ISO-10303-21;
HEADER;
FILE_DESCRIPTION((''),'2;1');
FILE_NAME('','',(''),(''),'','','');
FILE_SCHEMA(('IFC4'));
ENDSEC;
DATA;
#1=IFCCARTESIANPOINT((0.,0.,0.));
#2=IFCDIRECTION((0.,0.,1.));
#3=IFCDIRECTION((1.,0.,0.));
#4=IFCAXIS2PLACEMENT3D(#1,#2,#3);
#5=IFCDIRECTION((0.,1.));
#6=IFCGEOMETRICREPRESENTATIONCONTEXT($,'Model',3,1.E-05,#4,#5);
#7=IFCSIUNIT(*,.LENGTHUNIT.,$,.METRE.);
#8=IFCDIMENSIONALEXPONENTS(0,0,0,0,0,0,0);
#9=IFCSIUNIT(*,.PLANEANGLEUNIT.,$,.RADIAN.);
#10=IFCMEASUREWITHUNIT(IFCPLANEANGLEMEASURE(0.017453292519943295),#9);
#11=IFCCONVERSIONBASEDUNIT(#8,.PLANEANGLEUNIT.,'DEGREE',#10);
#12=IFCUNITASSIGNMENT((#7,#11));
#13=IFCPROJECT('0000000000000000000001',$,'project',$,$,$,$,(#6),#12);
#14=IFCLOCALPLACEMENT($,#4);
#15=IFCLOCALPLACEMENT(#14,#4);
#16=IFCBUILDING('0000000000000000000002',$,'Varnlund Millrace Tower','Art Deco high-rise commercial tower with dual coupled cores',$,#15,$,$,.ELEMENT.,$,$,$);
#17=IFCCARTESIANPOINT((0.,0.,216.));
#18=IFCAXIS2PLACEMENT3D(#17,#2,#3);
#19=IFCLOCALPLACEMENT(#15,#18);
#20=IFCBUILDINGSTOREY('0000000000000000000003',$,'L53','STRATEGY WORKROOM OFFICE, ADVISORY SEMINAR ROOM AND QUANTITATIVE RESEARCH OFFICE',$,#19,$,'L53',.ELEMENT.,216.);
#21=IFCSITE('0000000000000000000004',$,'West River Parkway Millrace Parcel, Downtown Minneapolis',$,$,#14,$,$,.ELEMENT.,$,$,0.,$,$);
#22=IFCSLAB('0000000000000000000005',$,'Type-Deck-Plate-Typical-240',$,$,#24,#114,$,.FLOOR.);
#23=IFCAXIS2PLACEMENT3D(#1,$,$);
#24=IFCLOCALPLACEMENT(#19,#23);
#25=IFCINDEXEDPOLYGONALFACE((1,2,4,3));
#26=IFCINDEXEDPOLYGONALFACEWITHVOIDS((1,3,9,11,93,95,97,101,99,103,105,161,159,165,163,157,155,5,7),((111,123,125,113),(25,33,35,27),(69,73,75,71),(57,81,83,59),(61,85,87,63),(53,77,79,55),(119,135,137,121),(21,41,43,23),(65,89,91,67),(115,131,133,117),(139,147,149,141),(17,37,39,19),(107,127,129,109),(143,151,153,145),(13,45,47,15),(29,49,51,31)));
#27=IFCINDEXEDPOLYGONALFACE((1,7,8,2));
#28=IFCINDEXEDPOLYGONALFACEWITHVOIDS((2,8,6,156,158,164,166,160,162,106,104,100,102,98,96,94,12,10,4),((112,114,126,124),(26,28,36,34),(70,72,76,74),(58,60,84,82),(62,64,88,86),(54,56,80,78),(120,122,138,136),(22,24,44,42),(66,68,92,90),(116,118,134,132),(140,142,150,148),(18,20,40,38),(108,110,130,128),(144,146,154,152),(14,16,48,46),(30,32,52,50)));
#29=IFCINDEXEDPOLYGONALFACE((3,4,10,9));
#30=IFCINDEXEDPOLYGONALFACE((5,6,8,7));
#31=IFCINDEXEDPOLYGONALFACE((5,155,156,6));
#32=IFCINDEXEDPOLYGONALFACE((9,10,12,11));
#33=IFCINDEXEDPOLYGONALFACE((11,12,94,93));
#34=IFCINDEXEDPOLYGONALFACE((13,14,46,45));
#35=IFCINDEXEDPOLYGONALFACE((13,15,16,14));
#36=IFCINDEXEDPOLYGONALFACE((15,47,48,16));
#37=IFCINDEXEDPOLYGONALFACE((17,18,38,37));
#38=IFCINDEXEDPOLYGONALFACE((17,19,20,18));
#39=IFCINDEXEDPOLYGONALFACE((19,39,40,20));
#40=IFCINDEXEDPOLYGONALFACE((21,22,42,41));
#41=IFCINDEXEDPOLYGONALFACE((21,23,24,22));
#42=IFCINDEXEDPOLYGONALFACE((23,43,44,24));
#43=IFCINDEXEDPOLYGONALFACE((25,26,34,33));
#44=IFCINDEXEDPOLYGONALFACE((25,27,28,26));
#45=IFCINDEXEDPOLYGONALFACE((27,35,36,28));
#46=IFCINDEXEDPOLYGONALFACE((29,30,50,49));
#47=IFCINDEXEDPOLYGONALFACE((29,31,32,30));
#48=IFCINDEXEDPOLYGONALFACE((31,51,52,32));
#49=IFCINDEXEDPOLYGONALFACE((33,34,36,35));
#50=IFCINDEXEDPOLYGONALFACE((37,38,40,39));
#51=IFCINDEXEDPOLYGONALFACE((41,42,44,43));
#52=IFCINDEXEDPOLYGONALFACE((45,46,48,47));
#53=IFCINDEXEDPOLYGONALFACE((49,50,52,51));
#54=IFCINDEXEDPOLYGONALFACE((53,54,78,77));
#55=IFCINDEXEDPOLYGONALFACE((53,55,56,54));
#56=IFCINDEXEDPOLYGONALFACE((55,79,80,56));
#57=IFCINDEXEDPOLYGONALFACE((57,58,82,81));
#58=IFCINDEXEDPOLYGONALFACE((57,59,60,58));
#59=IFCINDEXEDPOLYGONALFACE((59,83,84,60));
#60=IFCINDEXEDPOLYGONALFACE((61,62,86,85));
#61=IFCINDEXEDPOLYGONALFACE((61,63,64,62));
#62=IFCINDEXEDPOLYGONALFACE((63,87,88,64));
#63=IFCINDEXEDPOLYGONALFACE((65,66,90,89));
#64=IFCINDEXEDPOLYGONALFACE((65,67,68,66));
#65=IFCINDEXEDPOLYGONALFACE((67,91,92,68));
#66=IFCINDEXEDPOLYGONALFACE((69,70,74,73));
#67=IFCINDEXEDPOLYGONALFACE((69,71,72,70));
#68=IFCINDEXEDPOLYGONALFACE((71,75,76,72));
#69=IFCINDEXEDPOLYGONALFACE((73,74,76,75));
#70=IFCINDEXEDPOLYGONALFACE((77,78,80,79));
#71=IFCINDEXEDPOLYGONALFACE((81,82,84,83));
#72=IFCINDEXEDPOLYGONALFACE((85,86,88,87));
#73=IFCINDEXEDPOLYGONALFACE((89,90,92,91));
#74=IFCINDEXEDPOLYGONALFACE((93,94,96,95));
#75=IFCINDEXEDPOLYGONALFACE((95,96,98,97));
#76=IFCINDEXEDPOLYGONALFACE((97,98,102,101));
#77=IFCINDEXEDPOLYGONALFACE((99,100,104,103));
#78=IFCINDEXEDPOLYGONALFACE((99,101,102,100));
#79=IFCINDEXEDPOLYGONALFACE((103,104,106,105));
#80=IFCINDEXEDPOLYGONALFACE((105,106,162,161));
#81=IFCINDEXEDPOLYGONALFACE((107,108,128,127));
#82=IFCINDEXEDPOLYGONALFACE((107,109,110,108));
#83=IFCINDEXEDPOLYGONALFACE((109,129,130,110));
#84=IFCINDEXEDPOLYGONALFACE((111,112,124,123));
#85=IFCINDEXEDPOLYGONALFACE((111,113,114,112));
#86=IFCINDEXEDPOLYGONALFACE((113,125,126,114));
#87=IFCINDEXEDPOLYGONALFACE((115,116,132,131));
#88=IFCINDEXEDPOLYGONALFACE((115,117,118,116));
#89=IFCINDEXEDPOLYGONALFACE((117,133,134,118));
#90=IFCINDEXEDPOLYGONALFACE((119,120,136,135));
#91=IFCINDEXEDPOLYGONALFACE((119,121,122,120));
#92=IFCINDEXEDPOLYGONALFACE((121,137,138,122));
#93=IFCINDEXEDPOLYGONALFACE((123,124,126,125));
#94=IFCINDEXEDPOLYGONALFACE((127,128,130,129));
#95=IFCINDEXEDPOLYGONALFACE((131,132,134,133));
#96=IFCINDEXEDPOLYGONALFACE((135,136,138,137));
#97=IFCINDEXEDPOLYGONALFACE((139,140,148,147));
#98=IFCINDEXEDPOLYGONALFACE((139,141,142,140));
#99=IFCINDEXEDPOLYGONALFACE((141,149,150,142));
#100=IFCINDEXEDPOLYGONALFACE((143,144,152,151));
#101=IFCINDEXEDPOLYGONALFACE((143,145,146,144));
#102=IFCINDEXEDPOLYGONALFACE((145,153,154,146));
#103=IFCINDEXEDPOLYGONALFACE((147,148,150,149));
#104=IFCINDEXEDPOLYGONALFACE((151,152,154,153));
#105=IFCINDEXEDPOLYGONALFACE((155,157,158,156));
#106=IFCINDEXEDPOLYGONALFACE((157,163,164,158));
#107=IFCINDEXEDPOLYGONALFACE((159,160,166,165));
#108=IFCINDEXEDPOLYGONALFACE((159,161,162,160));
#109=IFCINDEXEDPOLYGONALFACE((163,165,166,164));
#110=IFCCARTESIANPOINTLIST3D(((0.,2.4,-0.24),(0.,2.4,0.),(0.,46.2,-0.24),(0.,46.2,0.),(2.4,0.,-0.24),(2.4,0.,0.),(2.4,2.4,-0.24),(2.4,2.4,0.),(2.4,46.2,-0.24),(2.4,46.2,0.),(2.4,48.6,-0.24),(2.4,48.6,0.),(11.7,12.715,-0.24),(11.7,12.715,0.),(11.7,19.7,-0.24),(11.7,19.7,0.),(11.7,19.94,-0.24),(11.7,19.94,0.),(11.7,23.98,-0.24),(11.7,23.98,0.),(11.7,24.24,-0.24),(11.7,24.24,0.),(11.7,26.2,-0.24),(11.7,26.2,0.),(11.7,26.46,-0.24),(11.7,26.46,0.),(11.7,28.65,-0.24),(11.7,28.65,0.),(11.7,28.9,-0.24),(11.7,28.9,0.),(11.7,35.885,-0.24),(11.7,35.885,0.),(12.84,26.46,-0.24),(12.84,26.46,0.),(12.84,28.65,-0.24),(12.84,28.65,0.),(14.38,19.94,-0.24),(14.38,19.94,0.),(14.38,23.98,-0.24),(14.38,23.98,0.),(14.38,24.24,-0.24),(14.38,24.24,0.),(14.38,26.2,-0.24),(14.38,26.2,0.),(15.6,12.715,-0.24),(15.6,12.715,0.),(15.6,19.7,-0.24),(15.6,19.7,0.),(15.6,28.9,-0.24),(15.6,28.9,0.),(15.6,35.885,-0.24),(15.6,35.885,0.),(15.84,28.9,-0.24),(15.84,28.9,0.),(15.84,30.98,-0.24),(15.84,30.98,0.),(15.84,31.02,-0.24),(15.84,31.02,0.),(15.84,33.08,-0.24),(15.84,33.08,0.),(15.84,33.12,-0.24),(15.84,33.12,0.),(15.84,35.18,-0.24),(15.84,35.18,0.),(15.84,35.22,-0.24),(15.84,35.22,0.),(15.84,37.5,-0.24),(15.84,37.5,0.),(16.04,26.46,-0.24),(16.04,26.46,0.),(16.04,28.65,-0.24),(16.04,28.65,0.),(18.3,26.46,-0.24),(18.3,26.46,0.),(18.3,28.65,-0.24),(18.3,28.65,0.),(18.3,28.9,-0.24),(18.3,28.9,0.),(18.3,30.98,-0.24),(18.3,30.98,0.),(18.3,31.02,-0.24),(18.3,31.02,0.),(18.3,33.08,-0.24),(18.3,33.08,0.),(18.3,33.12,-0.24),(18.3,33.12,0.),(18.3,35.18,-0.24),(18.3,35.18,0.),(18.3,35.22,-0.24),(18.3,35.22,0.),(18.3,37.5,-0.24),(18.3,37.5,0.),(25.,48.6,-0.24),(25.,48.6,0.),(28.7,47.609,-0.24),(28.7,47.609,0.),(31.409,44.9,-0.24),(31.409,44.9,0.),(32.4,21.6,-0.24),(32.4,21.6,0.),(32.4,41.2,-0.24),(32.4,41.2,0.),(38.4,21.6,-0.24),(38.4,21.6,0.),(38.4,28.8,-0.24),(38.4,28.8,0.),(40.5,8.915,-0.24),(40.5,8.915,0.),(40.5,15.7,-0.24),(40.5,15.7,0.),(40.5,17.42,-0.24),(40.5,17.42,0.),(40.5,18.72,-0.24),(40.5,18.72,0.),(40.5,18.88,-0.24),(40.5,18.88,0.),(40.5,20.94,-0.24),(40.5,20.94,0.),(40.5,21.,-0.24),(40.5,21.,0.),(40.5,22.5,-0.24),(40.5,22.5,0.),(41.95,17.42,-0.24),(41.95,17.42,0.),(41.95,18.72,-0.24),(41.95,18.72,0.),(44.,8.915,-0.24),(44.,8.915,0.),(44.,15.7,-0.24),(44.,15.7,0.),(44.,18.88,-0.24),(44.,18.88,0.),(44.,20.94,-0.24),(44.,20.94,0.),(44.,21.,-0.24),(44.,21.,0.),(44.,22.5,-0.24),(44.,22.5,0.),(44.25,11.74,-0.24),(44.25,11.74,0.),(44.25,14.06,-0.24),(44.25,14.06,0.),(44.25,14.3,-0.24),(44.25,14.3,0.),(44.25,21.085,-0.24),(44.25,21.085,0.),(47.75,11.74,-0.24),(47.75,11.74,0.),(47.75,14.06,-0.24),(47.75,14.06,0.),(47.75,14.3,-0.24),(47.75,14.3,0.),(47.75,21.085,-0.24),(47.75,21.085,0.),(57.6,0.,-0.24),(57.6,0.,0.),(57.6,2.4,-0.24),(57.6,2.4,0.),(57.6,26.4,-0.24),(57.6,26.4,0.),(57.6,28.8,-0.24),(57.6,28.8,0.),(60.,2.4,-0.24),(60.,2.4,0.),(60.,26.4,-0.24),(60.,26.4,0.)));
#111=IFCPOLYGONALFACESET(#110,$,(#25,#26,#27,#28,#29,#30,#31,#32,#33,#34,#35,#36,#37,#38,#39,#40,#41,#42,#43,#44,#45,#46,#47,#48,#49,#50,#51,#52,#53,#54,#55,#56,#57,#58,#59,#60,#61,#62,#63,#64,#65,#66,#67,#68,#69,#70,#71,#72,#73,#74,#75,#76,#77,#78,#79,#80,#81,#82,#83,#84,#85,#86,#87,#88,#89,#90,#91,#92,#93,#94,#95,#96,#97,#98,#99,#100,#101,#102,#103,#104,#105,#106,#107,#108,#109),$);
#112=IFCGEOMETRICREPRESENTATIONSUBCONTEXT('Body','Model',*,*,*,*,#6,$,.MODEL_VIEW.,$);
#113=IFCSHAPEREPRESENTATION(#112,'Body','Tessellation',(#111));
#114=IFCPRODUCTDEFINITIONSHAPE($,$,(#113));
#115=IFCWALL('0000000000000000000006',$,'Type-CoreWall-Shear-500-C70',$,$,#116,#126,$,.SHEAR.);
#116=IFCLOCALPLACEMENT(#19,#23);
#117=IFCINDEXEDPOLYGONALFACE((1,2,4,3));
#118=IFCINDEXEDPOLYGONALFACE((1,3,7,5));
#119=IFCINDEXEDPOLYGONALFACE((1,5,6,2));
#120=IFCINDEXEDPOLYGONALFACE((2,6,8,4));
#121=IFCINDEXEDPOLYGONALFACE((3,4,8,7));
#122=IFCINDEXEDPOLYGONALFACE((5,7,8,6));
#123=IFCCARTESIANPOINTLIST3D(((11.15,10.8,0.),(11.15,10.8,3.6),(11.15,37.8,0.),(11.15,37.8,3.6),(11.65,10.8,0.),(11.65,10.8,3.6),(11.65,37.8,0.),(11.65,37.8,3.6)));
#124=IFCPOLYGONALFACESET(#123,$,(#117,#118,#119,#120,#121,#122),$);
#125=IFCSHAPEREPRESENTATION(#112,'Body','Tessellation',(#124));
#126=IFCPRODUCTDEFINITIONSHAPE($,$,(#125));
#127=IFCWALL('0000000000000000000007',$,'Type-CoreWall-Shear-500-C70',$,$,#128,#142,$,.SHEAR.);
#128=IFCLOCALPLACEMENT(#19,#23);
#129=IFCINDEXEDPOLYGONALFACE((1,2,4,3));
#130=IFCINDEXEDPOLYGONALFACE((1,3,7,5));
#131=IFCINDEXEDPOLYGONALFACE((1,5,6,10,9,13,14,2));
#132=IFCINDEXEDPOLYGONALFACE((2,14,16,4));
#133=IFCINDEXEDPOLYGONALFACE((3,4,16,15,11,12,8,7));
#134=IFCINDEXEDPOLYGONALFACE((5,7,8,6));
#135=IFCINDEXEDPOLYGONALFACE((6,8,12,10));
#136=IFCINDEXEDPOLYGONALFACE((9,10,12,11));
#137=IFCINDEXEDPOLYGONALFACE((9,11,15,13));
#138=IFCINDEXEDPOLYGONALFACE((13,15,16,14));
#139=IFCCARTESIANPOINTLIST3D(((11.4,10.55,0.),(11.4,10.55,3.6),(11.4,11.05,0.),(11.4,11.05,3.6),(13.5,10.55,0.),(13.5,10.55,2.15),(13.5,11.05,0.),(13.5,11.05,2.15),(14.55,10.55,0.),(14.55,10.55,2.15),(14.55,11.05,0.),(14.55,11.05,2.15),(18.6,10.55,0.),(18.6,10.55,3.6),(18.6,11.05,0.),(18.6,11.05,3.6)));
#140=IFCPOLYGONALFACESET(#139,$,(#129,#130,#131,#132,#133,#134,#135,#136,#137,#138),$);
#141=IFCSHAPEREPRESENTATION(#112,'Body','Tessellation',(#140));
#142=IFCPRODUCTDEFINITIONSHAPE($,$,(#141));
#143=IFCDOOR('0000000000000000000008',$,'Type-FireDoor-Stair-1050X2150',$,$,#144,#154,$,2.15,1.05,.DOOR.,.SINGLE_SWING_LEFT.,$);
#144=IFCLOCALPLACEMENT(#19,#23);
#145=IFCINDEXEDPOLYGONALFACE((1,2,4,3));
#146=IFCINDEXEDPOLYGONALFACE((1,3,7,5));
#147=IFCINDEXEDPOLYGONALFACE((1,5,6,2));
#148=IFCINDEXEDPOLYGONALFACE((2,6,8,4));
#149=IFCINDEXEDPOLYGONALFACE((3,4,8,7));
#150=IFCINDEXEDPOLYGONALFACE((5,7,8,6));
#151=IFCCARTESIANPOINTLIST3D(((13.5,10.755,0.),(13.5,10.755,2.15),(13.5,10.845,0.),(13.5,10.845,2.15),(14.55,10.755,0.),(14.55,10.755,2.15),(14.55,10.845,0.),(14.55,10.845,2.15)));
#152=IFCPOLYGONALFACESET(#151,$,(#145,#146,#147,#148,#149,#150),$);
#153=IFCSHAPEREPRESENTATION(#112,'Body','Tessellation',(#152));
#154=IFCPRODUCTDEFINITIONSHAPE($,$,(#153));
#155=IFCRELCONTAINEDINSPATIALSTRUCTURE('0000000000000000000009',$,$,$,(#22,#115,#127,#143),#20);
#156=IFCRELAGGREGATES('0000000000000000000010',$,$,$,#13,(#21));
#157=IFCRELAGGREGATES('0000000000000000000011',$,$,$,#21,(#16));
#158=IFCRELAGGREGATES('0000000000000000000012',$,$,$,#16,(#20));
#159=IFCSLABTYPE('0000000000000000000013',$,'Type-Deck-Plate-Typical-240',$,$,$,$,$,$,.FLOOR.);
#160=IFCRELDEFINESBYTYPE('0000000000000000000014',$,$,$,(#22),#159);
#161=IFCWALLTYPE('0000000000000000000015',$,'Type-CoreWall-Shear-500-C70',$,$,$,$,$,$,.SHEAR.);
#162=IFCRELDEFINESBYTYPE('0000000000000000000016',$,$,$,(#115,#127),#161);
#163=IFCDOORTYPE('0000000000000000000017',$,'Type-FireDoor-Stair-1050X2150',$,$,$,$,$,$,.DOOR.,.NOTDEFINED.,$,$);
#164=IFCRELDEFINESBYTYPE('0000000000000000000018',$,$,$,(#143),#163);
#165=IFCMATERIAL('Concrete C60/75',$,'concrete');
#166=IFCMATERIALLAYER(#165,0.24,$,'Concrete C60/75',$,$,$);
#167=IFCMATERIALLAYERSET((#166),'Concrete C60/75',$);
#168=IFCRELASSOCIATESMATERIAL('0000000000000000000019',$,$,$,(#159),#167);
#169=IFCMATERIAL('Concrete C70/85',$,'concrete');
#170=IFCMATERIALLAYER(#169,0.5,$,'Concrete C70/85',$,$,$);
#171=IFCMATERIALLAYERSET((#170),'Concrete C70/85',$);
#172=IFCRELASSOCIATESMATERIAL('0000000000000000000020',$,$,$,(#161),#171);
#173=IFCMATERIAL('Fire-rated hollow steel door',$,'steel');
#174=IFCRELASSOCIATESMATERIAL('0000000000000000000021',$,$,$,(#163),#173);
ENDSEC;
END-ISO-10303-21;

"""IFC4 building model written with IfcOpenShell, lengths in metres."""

from ifc_helpers import new_model, entity, si_unit, converted_unit, direction, frame, origin_with_axes, origin_2d_with_axis, place, context, subcontext, project, spatial, polyline, rectangle, outline, extrude, material, layer, layer_set, type_object, element, fill, save


model = new_model("IFC4")

# Units and contexts
model_context = context("Model", 3, precision=1e-05, world=origin_with_axes(), true_north=direction((0.0, 1.0)))
body_context = subcontext(model_context, "Body", "Model", "MODEL_VIEW")
ifc_project = project(units=[si_unit("LENGTHUNIT", "METRE"), converted_unit("PLANEANGLEUNIT", "DEGREE", entity("IfcPlaneAngleMeasure", 0.017453292519943295), si_unit("PLANEANGLEUNIT", "RADIAN"), dimensions=[0, 0, 0, 0, 0, 0, 0])], contexts=[model_context])

# Site, building, storey
site_placement = place(None, origin_with_axes())
site = spatial("IfcSite", under=ifc_project, at=site_placement, Name="West River Parkway Millrace Parcel, Downtown Minneapolis", CompositionType="ELEMENT", RefElevation=0.0)
building_placement = place(site_placement, origin_with_axes())
building = spatial("IfcBuilding", under=site, at=building_placement, Name="Varnlund Millrace Tower", Description="Art Deco high-rise commercial tower with dual coupled cores", CompositionType="ELEMENT")
storey_placement = place(building_placement, frame((0.0, 0.0, 216.0), z_axis=(0.0, 0.0, 1.0), x_axis=(1.0, 0.0, 0.0)))
storey = spatial("IfcBuildingStorey", under=building, at=storey_placement, Name="L53", Description="STRATEGY WORKROOM OFFICE, ADVISORY SEMINAR ROOM AND QUANTITATIVE RESEARCH OFFICE", LongName="L53", CompositionType="ELEMENT", Elevation=216.0)

# Slab
ifc_material_1 = material(Name="Concrete C60/75", Category="concrete")
ifc_layer_1 = layer(ifc_material_1, 0.24, Name="Concrete C60/75")
ifc_layer_set_1 = layer_set([ifc_layer_1], Name="Concrete C60/75")
slab_type = type_object("IfcSlabType", Name="Type-Deck-Plate-Typical-240", PredefinedType="FLOOR", material=ifc_layer_set_1)
slab_placement = place(storey_placement, frame((0.0, 0.0, -0.24), z_axis=(0.0, 0.0, 1.0), x_axis=(1.0, 0.0, 0.0)))
element("IfcSlab", 1, at=slab_placement, inside=storey, type_object=slab_type, Name="Type-Deck-Plate-Typical-240", PredefinedType="FLOOR", context=body_context, shape_type="SweptSolid", body=[
    extrude(outline(polyline([(32.4, 21.6), (32.4, 41.2), (31.409, 44.9), (28.7, 47.609), (25.0, 48.6), (2.4, 48.6), (2.4, 46.2), (0.0, 46.2), (0.0, 2.4), (2.4, 2.4), (2.4, 0.0), (57.6, 0.0), (57.6, 2.4), (60.0, 2.4), (60.0, 26.4), (57.6, 26.4), (57.6, 28.8), (38.4, 28.8), (38.4, 21.6), (32.4, 21.6)]), holes=[polyline([(15.6, 12.715), (11.7, 12.715), (11.7, 19.7), (15.6, 19.7), (15.6, 12.715)]), polyline([(14.38, 23.98), (14.38, 19.94), (11.7, 19.94), (11.7, 23.98), (14.38, 23.98)]), polyline([(14.38, 24.24), (11.7, 24.24), (11.7, 26.2), (14.38, 26.2), (14.38, 24.24)]), polyline([(12.84, 26.46), (11.7, 26.46), (11.7, 28.65), (12.84, 28.65), (12.84, 26.46)]), polyline([(18.3, 28.9), (15.84, 28.9), (15.84, 30.98), (18.3, 30.98), (18.3, 28.9)]), polyline([(18.3, 31.02), (15.84, 31.02), (15.84, 33.08), (18.3, 33.08), (18.3, 31.02)]), polyline([(15.6, 28.9), (11.7, 28.9), (11.7, 35.885), (15.6, 35.885), (15.6, 28.9)]), polyline([(18.3, 33.12), (15.84, 33.12), (15.84, 35.18), (18.3, 35.18), (18.3, 33.12)]), polyline([(44.0, 8.915), (40.5, 8.915), (40.5, 15.7), (44.0, 15.7), (44.0, 8.915)]), polyline([(47.75, 11.74), (44.25, 11.74), (44.25, 14.06), (47.75, 14.06), (47.75, 11.74)]), polyline([(47.75, 14.3), (44.25, 14.3), (44.25, 21.085), (47.75, 21.085), (47.75, 14.3)]), polyline([(41.95, 17.42), (40.5, 17.42), (40.5, 18.72), (41.95, 18.72), (41.95, 17.42)]), polyline([(44.0, 18.88), (40.5, 18.88), (40.5, 20.94), (44.0, 20.94), (44.0, 18.88)]), polyline([(44.0, 21.0), (40.5, 21.0), (40.5, 22.5), (44.0, 22.5), (44.0, 21.0)]), polyline([(16.04, 26.46), (16.04, 28.65), (18.3, 28.65), (18.3, 26.46), (16.04, 26.46)]), polyline([(15.84, 35.22), (15.84, 37.5), (18.3, 37.5), (18.3, 35.22), (15.84, 35.22)])]), origin_with_axes(), (0.0, 0.0, 1.0), 0.24),
])

# Wall
ifc_material_2 = material(Name="Concrete C70/85", Category="concrete")
ifc_layer_2 = layer(ifc_material_2, 0.5, Name="Concrete C70/85")
ifc_layer_set_2 = layer_set([ifc_layer_2], Name="Concrete C70/85")
wall_type_1 = type_object("IfcWallType", Name="Type-CoreWall-Shear-500-C70", PredefinedType="SHEAR", material=ifc_layer_set_2)
wall_1_placement = place(storey_placement, frame((11.4, 10.8, 0.0), z_axis=(0.0, 0.0, 1.0), x_axis=(0.0, 1.0, 0.0)))
element("IfcWall", 2, at=wall_1_placement, inside=storey, type_object=wall_type_1, Name="Type-CoreWall-Shear-500-C70", PredefinedType="SHEAR", context=body_context, shape_type="SweptSolid", body=[
    extrude(outline(polyline([(0.0, -0.25), (27.0, -0.25), (27.0, 0.25), (0.0, 0.25), (0.0, -0.25)])), origin_with_axes(), (0.0, 0.0, 1.0), 3.6),
])

# Wall, opening, door
wall_2_placement = place(storey_placement, frame((11.4, 10.8, 0.0), z_axis=(0.0, 0.0, 1.0), x_axis=(1.0, 0.0, 0.0)))
wall_2 = element("IfcWall", 3, at=wall_2_placement, inside=storey, type_object=wall_type_1, Name="Type-CoreWall-Shear-500-C70", PredefinedType="SHEAR", context=body_context, shape_type="SweptSolid", body=[
    extrude(outline(polyline([(0.0, -0.25), (7.2, -0.25), (7.2, 0.25), (0.0, 0.25), (0.0, -0.25)])), origin_with_axes(), (0.0, 0.0, 1.0), 3.6),
])
opening_1_placement = place(wall_2_placement, frame((2.625, 0.0, 0.0), z_axis=(0.0, 0.0, 1.0), x_axis=(1.0, 0.0, 0.0)))
opening_1 = element("IfcOpeningElement", 4, at=opening_1_placement, cuts=wall_2, PredefinedType="OPENING", context=body_context, shape_type="SweptSolid", body=[
    extrude(rectangle(XDim=1.05, YDim=0.52, at=origin_2d_with_axis()), origin_with_axes(), (0.0, 0.0, 1.0), 2.15),
])
ifc_material_3 = material(Name="Fire-rated hollow steel door", Category="steel")
door_type_1 = type_object("IfcDoorType", Name="Type-FireDoor-Stair-1050X2150", OperationType="NOTDEFINED", PredefinedType="DOOR", material=ifc_material_3)
door_1_placement = place(wall_2_placement, frame((2.625, 0.0, 0.0), z_axis=(0.0, 0.0, 1.0), x_axis=(1.0, 0.0, 0.0)))
door_1 = element("IfcDoor", 5, at=door_1_placement, inside=storey, type_object=door_type_1, Name="Type-FireDoor-Stair-1050X2150", OperationType="SINGLE_SWING_LEFT", OverallHeight=2.15, OverallWidth=1.05, PredefinedType="DOOR", context=body_context, shape_type="SweptSolid", body=[
    extrude(rectangle(XDim=1.05, YDim=0.09, at=origin_2d_with_axis()), origin_with_axes(), (0.0, 0.0, 1.0), 2.15),
])
fill(opening_1, door_1)

save(model, "model.ifc")
